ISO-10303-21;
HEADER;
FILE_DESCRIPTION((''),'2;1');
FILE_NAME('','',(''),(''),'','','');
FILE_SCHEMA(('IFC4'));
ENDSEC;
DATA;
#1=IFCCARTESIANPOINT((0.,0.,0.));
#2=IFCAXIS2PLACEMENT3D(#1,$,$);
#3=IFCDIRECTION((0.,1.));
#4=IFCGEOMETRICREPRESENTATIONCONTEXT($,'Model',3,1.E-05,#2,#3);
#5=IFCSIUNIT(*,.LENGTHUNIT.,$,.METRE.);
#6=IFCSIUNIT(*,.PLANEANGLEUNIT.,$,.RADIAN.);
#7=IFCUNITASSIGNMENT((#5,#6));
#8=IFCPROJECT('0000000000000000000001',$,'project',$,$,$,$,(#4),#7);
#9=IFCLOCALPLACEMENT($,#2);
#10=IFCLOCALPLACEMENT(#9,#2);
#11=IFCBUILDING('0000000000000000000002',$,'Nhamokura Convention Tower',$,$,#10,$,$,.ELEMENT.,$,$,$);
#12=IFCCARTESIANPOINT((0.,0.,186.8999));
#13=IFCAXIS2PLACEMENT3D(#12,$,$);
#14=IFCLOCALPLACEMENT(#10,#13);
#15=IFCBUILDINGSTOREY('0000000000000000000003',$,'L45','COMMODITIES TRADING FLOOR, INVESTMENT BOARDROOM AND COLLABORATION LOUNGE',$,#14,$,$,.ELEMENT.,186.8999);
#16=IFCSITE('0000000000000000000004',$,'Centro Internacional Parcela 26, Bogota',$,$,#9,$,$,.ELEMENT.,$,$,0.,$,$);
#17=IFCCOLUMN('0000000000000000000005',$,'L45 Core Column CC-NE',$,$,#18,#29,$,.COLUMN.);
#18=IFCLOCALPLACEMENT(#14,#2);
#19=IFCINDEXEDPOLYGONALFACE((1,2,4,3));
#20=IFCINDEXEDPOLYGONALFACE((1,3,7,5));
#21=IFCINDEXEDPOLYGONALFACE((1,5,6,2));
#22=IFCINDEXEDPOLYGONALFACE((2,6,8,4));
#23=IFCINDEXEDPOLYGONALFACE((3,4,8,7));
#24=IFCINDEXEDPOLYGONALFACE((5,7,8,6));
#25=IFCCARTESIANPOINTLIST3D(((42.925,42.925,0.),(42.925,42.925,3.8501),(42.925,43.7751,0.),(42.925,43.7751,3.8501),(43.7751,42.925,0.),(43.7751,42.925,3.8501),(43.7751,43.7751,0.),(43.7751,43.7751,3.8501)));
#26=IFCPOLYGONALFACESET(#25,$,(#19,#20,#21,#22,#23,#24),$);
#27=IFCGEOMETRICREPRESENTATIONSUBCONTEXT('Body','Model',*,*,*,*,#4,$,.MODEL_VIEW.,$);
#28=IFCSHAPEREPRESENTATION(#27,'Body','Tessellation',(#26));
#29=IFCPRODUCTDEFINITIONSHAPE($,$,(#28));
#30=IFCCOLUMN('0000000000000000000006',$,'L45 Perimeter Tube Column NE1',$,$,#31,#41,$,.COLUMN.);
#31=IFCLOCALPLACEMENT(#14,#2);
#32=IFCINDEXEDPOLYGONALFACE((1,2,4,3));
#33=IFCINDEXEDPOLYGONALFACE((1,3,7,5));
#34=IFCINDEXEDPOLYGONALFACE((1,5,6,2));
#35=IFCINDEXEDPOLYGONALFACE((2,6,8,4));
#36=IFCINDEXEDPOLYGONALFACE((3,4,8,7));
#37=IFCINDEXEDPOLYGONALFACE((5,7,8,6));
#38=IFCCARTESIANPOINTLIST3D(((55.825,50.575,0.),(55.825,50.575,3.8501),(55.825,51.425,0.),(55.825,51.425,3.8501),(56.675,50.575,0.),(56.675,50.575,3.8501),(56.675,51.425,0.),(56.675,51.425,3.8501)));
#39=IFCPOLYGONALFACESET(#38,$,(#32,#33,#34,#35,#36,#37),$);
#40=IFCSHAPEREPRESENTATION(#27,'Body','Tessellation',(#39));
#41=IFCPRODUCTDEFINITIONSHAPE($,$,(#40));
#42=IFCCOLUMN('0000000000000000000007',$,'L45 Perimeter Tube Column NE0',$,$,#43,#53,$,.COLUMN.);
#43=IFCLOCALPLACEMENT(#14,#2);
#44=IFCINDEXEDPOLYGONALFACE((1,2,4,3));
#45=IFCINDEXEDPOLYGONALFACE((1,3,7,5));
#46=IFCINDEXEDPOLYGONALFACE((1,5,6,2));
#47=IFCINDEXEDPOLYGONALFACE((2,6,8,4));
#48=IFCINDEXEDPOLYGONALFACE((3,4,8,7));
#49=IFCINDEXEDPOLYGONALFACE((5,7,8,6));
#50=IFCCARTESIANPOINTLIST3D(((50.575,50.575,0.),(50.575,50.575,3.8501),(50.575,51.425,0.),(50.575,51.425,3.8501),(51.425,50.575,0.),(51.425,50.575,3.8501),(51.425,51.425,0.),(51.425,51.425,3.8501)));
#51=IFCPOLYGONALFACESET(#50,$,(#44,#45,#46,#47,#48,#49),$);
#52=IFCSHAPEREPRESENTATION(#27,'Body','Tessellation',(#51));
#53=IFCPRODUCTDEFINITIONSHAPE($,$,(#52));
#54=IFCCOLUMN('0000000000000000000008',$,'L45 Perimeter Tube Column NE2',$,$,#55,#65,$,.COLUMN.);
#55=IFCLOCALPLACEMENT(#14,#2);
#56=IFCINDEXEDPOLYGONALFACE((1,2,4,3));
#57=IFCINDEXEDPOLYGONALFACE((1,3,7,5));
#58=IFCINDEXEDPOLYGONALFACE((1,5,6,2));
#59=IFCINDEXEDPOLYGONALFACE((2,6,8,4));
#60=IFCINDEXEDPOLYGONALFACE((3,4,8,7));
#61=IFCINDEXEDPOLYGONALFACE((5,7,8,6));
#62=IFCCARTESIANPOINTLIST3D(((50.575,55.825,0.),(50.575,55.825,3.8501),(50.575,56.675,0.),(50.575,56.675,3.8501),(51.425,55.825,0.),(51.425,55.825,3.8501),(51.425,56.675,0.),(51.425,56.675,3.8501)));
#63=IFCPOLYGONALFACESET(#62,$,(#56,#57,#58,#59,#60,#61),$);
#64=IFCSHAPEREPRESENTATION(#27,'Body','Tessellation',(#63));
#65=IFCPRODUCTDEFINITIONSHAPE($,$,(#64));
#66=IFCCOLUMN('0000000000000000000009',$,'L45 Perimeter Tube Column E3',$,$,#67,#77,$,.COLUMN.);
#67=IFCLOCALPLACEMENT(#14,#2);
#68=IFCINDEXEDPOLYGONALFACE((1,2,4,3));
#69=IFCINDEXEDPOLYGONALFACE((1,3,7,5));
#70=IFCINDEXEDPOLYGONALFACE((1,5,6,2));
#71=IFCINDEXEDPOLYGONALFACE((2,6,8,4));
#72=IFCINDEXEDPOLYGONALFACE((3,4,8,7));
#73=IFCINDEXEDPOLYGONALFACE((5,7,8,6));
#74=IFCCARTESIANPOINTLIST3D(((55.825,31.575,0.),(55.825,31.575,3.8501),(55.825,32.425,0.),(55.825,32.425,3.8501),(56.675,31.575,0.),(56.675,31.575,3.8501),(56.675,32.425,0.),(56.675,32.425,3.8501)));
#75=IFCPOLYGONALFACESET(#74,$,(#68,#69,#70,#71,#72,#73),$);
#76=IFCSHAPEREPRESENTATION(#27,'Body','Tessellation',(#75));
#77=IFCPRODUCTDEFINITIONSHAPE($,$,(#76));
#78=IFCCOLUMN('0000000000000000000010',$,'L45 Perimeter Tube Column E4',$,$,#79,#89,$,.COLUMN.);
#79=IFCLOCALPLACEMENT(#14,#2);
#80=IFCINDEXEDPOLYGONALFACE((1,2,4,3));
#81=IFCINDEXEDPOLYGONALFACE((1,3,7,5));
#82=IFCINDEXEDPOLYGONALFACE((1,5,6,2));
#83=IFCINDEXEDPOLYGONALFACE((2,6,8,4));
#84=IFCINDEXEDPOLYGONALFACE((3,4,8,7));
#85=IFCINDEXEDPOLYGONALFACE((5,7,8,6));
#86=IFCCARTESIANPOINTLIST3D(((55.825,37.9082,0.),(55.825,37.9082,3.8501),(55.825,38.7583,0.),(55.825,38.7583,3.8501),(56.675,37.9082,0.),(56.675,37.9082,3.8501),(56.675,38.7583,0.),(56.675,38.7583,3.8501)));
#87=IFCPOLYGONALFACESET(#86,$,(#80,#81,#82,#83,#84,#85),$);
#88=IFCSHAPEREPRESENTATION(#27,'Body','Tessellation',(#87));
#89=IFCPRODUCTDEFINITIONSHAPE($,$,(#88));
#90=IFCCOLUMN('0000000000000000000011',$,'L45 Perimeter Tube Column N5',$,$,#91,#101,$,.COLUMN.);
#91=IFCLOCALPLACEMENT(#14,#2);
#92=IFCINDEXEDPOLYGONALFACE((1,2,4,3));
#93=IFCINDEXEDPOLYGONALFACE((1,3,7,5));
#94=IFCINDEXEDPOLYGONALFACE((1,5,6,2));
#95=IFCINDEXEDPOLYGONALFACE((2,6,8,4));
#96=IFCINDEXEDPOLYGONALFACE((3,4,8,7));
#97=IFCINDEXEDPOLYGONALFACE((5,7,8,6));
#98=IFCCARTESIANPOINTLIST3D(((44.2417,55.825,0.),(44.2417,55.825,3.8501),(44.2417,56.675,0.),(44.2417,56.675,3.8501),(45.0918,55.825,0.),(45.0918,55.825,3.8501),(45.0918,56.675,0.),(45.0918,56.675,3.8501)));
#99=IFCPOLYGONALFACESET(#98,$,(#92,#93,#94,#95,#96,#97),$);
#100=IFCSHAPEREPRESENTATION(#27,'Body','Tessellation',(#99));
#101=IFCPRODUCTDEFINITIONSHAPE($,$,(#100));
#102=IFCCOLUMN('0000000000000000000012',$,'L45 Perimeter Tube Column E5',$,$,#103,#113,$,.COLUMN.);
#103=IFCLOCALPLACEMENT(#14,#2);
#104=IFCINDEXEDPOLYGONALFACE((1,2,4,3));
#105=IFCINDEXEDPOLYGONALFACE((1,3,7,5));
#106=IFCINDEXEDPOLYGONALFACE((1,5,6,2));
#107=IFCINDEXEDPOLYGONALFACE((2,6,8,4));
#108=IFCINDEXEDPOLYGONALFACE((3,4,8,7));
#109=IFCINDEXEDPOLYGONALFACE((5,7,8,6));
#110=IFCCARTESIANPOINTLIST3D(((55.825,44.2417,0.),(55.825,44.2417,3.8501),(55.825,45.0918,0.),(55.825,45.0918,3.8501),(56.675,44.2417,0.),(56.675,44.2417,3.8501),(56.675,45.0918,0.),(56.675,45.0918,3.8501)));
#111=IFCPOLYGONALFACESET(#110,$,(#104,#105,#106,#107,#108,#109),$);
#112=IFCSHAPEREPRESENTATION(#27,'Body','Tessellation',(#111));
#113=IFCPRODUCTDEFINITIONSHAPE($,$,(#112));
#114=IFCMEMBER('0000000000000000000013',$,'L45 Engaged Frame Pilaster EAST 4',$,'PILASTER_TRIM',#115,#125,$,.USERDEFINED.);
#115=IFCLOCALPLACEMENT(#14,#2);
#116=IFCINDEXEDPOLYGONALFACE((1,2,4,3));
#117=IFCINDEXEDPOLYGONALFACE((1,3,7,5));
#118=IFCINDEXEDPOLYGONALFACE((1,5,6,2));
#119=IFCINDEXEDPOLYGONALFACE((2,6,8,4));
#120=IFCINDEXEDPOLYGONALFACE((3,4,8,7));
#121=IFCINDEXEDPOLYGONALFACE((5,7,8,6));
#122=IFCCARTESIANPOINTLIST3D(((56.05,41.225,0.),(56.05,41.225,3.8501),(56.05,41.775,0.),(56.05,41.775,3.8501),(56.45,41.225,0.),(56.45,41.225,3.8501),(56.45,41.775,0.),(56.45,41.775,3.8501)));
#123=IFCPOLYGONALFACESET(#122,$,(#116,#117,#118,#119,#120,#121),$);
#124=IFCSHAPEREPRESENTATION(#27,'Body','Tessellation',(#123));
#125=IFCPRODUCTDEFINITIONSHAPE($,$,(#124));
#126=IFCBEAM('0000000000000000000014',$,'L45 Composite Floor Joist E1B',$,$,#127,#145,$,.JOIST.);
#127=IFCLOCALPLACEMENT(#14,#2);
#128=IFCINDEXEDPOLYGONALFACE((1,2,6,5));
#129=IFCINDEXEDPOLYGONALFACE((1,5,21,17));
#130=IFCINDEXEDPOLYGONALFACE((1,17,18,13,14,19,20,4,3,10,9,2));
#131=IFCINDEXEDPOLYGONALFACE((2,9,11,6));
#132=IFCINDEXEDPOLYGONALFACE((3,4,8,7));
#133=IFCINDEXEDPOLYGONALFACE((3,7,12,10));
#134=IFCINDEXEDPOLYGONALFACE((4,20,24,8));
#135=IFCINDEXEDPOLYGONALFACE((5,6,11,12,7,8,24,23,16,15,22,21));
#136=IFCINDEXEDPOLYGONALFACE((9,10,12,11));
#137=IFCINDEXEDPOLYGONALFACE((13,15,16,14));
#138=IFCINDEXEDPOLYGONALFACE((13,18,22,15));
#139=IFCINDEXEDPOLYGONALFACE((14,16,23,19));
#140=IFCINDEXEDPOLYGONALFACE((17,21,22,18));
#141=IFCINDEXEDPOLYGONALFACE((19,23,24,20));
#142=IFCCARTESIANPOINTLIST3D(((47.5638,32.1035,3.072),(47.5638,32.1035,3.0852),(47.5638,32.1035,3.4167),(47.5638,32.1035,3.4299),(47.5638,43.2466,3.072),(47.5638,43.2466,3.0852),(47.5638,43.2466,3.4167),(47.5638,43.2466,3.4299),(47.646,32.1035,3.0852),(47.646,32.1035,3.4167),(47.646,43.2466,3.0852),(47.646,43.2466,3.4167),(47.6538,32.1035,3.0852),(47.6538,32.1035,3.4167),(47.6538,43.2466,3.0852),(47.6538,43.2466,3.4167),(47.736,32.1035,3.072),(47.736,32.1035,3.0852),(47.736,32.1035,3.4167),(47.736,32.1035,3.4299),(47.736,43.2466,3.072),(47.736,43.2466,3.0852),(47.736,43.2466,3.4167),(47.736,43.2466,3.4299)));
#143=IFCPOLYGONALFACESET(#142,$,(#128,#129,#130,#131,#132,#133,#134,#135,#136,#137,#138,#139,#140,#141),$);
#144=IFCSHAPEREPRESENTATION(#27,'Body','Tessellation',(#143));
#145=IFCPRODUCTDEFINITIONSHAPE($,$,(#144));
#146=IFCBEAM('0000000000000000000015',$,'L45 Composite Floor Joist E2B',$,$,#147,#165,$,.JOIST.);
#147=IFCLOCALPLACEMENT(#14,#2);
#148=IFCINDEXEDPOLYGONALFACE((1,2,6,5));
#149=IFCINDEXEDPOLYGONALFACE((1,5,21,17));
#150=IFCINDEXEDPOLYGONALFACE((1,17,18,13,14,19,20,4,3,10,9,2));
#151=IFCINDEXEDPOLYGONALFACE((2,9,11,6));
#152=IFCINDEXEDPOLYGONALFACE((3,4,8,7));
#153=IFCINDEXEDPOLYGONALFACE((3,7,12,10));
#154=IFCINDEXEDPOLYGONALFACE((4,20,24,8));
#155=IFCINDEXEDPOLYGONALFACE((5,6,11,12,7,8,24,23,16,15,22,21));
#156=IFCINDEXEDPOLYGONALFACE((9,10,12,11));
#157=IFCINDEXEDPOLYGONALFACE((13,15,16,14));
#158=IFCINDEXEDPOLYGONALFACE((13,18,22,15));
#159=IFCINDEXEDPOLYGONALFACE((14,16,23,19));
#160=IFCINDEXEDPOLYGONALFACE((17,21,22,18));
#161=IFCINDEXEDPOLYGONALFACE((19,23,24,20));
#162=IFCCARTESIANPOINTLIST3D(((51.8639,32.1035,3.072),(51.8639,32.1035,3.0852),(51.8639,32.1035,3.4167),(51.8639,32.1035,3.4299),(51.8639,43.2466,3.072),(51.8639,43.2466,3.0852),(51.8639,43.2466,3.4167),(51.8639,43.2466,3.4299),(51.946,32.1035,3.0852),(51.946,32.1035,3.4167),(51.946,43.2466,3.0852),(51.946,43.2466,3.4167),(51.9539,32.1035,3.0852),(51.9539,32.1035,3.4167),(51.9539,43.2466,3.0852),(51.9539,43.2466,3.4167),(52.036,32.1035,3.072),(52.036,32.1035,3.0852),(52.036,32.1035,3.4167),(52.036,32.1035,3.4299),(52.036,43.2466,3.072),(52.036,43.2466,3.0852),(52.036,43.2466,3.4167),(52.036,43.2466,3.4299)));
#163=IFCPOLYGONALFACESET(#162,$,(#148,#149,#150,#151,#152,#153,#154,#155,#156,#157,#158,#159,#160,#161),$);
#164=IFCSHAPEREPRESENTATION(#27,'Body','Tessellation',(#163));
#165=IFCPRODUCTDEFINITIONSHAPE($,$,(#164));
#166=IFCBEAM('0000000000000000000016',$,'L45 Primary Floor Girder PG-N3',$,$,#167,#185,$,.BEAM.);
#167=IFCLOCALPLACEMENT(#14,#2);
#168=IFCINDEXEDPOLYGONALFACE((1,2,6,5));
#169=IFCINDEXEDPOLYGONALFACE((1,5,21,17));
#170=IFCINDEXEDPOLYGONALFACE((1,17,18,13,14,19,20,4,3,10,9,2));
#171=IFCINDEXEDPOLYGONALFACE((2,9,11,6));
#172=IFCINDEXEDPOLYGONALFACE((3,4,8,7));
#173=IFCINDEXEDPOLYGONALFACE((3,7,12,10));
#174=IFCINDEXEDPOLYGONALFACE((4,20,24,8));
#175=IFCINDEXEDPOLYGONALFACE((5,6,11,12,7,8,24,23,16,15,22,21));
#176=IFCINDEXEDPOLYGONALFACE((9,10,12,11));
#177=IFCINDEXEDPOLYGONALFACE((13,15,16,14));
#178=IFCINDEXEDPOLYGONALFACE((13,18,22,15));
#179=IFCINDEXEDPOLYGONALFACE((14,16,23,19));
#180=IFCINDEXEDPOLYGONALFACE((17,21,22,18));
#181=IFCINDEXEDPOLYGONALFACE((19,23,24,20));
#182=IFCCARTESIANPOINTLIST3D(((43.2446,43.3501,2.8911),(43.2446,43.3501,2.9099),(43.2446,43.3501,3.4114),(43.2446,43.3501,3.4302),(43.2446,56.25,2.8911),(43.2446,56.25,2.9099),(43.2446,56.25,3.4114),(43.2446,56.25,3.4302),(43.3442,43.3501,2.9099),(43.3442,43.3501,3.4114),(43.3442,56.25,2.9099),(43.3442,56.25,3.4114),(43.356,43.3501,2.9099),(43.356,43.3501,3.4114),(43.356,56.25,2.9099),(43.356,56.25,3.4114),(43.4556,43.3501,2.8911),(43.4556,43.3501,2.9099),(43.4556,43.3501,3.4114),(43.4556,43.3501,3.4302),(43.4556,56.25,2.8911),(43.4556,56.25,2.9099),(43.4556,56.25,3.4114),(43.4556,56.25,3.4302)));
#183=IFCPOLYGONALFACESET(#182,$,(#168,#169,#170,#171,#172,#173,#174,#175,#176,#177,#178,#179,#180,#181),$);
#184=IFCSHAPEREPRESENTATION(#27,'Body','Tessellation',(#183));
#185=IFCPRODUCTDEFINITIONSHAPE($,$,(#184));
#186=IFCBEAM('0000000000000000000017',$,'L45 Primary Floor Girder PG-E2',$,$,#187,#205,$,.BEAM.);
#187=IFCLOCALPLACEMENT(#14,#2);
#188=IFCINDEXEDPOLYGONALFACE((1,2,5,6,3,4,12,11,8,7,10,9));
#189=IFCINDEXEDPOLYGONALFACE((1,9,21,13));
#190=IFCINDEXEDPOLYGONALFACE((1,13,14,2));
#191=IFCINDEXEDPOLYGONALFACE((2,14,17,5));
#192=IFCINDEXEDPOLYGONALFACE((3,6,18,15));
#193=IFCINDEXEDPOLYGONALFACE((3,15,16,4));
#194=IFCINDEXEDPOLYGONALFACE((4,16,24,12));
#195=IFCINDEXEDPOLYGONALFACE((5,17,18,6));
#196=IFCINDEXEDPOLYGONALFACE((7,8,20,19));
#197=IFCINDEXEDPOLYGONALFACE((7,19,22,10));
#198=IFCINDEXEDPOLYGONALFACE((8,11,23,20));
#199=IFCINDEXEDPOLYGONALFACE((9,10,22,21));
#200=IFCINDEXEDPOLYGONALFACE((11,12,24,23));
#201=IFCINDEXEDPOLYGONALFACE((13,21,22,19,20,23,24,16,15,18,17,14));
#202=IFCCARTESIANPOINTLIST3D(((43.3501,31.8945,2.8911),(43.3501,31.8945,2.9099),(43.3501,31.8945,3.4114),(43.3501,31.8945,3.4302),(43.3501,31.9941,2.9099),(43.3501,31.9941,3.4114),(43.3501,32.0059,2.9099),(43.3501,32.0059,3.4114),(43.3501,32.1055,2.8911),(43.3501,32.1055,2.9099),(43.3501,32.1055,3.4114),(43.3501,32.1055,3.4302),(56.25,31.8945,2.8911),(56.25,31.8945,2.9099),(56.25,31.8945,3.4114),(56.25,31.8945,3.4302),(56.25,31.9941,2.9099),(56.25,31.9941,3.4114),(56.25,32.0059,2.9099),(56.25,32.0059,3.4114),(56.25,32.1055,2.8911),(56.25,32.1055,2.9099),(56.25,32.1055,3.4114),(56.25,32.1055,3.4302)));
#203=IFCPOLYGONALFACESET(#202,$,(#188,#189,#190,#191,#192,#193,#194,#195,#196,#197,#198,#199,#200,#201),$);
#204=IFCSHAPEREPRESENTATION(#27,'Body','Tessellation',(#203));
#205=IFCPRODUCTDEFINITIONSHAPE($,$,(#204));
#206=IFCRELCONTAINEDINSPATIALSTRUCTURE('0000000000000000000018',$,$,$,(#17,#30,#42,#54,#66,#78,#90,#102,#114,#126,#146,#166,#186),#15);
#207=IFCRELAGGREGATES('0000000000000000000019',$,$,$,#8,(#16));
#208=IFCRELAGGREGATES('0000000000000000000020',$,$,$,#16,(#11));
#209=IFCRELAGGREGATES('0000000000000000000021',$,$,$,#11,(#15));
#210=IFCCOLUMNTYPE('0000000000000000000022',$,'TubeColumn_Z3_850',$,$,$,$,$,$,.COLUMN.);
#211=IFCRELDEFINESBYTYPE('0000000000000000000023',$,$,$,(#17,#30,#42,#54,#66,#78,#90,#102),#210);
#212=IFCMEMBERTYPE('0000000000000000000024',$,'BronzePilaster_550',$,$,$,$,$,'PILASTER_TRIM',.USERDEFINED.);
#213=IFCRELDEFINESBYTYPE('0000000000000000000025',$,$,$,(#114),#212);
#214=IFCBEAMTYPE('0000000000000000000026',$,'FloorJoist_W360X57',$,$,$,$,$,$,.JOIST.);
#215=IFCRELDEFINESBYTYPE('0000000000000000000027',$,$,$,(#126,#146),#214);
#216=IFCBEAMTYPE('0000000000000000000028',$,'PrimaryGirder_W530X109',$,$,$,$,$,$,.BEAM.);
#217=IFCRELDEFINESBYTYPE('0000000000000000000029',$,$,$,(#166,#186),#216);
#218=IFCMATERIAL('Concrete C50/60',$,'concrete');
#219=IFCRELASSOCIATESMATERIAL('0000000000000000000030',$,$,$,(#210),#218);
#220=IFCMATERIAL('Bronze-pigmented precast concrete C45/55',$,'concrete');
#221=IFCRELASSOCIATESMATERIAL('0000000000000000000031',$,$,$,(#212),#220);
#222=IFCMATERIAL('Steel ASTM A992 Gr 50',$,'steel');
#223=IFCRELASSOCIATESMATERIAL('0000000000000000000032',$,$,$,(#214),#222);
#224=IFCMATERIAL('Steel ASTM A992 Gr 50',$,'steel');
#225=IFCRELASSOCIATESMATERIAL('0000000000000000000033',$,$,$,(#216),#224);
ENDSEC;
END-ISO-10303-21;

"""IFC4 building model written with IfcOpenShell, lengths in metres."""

from ifc_helpers import new_model, si_unit, direction, frame, origin, origin_2d, place, context, subcontext, project, spatial, rectangle, i_section, extrude, material, material_profile, profile_set, type_object, element, save


model = new_model("IFC4")

# Units and contexts
model_context = context("Model", 3, precision=1e-05, world=origin(), true_north=direction((0.0, 1.0)))
body_context = subcontext(model_context, "Body", "Model", "MODEL_VIEW")
ifc_project = project(units=[si_unit("LENGTHUNIT", "METRE"), si_unit("PLANEANGLEUNIT", "RADIAN")], contexts=[model_context])

# Site, building, storey
site_placement = place(None, origin())
site = spatial("IfcSite", under=ifc_project, at=site_placement, Name="Centro Internacional Parcela 26, Bogota", CompositionType="ELEMENT", RefElevation=0.0)
building_placement = place(site_placement, origin())
building = spatial("IfcBuilding", under=site, at=building_placement, Name="Nhamokura Convention Tower", CompositionType="ELEMENT")
storey_placement = place(building_placement, frame((0.0, 0.0, 186.8999)))
storey = spatial("IfcBuildingStorey", under=building, at=storey_placement, Name="L45", Description="COMMODITIES TRADING FLOOR, INVESTMENT BOARDROOM AND COLLABORATION LOUNGE", CompositionType="ELEMENT", Elevation=186.8999)

# Columns
ifc_material_1 = material(Name="Concrete C50/60", Category="concrete")
ifc_material_profile_1 = material_profile(ifc_material_1, rectangle(XDim=0.8501, YDim=0.8501, at=origin_2d()))
ifc_profile_set_1 = profile_set([ifc_material_profile_1], Name="Concrete C50/60")
column_type = type_object("IfcColumnType", Name="TubeColumn_Z3_850", PredefinedType="COLUMN", material=ifc_profile_set_1)
for number, where, z_axis, x_axis, name in (
    (1, (43.3501, 43.3501, 0.0), (0.0, 0.0, 1.0), (1.0, 0.0, 0.0), "L45 Core Column CC-NE"),
    (2, (56.25, 51.0, 0.0), (0.0, 0.0, 1.0), (1.0, 0.0, 0.0), "L45 Perimeter Tube Column NE1"),
    (3, (51.0, 51.0, 0.0), (0.0, 0.0, 1.0), (1.0, 0.0, 0.0), "L45 Perimeter Tube Column NE0"),
    (4, (51.0, 56.25, 0.0), (0.0, 0.0, 1.0), (1.0, 0.0, 0.0), "L45 Perimeter Tube Column NE2"),
    (5, (56.25, 32.0, 0.0), (0.0, 0.0, 1.0), (1.0, 0.0, 0.0), "L45 Perimeter Tube Column E3"),
    (6, (56.25, 38.3333, 0.0), (0.0, 0.0, 1.0), (1.0, 0.0, 0.0), "L45 Perimeter Tube Column E4"),
    (7, (44.6667, 56.25, 0.0), (0.0, 0.0, 1.0), (1.0, 0.0, 0.0), "L45 Perimeter Tube Column N5"),
    (8, (56.25, 44.6667, 0.0), (0.0, 0.0, 1.0), (1.0, 0.0, 0.0), "L45 Perimeter Tube Column E5"),
):
    element("IfcColumn", number, at=place(storey_placement, frame(where, z_axis=z_axis, x_axis=x_axis)), inside=storey, type_object=column_type, Name=name, PredefinedType="COLUMN", context=body_context, shape_type="SweptSolid", body=[
        extrude(rectangle(XDim=0.8501, YDim=0.8501, at=origin_2d()), origin(), (0.0, 0.0, 1.0), 3.8501),
    ])

# Member
ifc_material_2 = material(Name="Bronze-pigmented precast concrete C45/55", Category="concrete")
ifc_material_profile_2 = material_profile(ifc_material_2, rectangle(XDim=0.3999, YDim=0.55, at=origin_2d()))
ifc_profile_set_2 = profile_set([ifc_material_profile_2], Name="Bronze-pigmented precast concrete C45/55")
member_type_1 = type_object("IfcMemberType", Name="BronzePilaster_550", ElementType="PILASTER_TRIM", PredefinedType="USERDEFINED", material=ifc_profile_set_2)
member_placement = place(storey_placement, frame((56.25, 41.5, 0.0), z_axis=(0.0, 0.0, 1.0), x_axis=(1.0, 0.0, 0.0)))
element("IfcMember", 9, at=member_placement, inside=storey, type_object=member_type_1, Name="L45 Engaged Frame Pilaster EAST 4", ObjectType="PILASTER_TRIM", PredefinedType="USERDEFINED", context=body_context, shape_type="SweptSolid", body=[
    extrude(rectangle(XDim=0.3999, YDim=0.55, at=origin_2d()), origin(), (0.0, 0.0, 1.0), 3.8501),
])

# Beams
ifc_material_3 = material(Name="Steel ASTM A992 Gr 50", Category="steel")
ifc_material_profile_3 = material_profile(ifc_material_3, i_section(OverallWidth=0.1721, OverallDepth=0.3579, WebThickness=0.0078, FlangeThickness=0.0132, at=origin_2d()))
ifc_profile_set_3 = profile_set([ifc_material_profile_3], Name="Steel ASTM A992 Gr 50")
beam_type_1 = type_object("IfcBeamType", Name="FloorJoist_W360X57", PredefinedType="JOIST", material=ifc_profile_set_3)
for number, where, z_axis, x_axis, name in (
    (10, (47.6499, 32.1035, 3.251), (0.0, 1.0, 0.0), (-1.0, 0.0, 0.0), "L45 Composite Floor Joist E1B"),
    (11, (51.95, 32.1035, 3.251), (0.0, 1.0, 0.0), (-1.0, 0.0, 0.0), "L45 Composite Floor Joist E2B"),
):
    element("IfcBeam", number, at=place(storey_placement, frame(where, z_axis=z_axis, x_axis=x_axis)), inside=storey, type_object=beam_type_1, Name=name, PredefinedType="JOIST", context=body_context, shape_type="SweptSolid", body=[
        extrude(i_section(OverallWidth=0.1721, OverallDepth=0.3579, WebThickness=0.0078, FlangeThickness=0.0132, at=origin_2d()), origin(), (0.0, 0.0, 1.0), 11.1431),
    ])
ifc_material_4 = material(Name="Steel ASTM A992 Gr 50", Category="steel")
ifc_material_profile_4 = material_profile(ifc_material_4, i_section(OverallWidth=0.2109, OverallDepth=0.5391, WebThickness=0.0117, FlangeThickness=0.0188, at=origin_2d()))
ifc_profile_set_4 = profile_set([ifc_material_profile_4], Name="Steel ASTM A992 Gr 50")
beam_type_2 = type_object("IfcBeamType", Name="PrimaryGirder_W530X109", PredefinedType="BEAM", material=ifc_profile_set_4)
for number, where, z_axis, x_axis, name in (
    (12, (43.3501, 43.3501, 3.1606), (0.0, 1.0, 0.0), (-1.0, 0.0, 0.0), "L45 Primary Floor Girder PG-N3"),
    (13, (43.3501, 32.0, 3.1606), (1.0, 0.0, 0.0), (0.0, 1.0, 0.0), "L45 Primary Floor Girder PG-E2"),
):
    element("IfcBeam", number, at=place(storey_placement, frame(where, z_axis=z_axis, x_axis=x_axis)), inside=storey, type_object=beam_type_2, Name=name, PredefinedType="BEAM", context=body_context, shape_type="SweptSolid", body=[
        extrude(i_section(OverallWidth=0.2109, OverallDepth=0.5391, WebThickness=0.0117, FlangeThickness=0.0188, at=origin_2d()), origin(), (0.0, 0.0, 1.0), 12.8999),
    ])

save(model, "model.ifc")
